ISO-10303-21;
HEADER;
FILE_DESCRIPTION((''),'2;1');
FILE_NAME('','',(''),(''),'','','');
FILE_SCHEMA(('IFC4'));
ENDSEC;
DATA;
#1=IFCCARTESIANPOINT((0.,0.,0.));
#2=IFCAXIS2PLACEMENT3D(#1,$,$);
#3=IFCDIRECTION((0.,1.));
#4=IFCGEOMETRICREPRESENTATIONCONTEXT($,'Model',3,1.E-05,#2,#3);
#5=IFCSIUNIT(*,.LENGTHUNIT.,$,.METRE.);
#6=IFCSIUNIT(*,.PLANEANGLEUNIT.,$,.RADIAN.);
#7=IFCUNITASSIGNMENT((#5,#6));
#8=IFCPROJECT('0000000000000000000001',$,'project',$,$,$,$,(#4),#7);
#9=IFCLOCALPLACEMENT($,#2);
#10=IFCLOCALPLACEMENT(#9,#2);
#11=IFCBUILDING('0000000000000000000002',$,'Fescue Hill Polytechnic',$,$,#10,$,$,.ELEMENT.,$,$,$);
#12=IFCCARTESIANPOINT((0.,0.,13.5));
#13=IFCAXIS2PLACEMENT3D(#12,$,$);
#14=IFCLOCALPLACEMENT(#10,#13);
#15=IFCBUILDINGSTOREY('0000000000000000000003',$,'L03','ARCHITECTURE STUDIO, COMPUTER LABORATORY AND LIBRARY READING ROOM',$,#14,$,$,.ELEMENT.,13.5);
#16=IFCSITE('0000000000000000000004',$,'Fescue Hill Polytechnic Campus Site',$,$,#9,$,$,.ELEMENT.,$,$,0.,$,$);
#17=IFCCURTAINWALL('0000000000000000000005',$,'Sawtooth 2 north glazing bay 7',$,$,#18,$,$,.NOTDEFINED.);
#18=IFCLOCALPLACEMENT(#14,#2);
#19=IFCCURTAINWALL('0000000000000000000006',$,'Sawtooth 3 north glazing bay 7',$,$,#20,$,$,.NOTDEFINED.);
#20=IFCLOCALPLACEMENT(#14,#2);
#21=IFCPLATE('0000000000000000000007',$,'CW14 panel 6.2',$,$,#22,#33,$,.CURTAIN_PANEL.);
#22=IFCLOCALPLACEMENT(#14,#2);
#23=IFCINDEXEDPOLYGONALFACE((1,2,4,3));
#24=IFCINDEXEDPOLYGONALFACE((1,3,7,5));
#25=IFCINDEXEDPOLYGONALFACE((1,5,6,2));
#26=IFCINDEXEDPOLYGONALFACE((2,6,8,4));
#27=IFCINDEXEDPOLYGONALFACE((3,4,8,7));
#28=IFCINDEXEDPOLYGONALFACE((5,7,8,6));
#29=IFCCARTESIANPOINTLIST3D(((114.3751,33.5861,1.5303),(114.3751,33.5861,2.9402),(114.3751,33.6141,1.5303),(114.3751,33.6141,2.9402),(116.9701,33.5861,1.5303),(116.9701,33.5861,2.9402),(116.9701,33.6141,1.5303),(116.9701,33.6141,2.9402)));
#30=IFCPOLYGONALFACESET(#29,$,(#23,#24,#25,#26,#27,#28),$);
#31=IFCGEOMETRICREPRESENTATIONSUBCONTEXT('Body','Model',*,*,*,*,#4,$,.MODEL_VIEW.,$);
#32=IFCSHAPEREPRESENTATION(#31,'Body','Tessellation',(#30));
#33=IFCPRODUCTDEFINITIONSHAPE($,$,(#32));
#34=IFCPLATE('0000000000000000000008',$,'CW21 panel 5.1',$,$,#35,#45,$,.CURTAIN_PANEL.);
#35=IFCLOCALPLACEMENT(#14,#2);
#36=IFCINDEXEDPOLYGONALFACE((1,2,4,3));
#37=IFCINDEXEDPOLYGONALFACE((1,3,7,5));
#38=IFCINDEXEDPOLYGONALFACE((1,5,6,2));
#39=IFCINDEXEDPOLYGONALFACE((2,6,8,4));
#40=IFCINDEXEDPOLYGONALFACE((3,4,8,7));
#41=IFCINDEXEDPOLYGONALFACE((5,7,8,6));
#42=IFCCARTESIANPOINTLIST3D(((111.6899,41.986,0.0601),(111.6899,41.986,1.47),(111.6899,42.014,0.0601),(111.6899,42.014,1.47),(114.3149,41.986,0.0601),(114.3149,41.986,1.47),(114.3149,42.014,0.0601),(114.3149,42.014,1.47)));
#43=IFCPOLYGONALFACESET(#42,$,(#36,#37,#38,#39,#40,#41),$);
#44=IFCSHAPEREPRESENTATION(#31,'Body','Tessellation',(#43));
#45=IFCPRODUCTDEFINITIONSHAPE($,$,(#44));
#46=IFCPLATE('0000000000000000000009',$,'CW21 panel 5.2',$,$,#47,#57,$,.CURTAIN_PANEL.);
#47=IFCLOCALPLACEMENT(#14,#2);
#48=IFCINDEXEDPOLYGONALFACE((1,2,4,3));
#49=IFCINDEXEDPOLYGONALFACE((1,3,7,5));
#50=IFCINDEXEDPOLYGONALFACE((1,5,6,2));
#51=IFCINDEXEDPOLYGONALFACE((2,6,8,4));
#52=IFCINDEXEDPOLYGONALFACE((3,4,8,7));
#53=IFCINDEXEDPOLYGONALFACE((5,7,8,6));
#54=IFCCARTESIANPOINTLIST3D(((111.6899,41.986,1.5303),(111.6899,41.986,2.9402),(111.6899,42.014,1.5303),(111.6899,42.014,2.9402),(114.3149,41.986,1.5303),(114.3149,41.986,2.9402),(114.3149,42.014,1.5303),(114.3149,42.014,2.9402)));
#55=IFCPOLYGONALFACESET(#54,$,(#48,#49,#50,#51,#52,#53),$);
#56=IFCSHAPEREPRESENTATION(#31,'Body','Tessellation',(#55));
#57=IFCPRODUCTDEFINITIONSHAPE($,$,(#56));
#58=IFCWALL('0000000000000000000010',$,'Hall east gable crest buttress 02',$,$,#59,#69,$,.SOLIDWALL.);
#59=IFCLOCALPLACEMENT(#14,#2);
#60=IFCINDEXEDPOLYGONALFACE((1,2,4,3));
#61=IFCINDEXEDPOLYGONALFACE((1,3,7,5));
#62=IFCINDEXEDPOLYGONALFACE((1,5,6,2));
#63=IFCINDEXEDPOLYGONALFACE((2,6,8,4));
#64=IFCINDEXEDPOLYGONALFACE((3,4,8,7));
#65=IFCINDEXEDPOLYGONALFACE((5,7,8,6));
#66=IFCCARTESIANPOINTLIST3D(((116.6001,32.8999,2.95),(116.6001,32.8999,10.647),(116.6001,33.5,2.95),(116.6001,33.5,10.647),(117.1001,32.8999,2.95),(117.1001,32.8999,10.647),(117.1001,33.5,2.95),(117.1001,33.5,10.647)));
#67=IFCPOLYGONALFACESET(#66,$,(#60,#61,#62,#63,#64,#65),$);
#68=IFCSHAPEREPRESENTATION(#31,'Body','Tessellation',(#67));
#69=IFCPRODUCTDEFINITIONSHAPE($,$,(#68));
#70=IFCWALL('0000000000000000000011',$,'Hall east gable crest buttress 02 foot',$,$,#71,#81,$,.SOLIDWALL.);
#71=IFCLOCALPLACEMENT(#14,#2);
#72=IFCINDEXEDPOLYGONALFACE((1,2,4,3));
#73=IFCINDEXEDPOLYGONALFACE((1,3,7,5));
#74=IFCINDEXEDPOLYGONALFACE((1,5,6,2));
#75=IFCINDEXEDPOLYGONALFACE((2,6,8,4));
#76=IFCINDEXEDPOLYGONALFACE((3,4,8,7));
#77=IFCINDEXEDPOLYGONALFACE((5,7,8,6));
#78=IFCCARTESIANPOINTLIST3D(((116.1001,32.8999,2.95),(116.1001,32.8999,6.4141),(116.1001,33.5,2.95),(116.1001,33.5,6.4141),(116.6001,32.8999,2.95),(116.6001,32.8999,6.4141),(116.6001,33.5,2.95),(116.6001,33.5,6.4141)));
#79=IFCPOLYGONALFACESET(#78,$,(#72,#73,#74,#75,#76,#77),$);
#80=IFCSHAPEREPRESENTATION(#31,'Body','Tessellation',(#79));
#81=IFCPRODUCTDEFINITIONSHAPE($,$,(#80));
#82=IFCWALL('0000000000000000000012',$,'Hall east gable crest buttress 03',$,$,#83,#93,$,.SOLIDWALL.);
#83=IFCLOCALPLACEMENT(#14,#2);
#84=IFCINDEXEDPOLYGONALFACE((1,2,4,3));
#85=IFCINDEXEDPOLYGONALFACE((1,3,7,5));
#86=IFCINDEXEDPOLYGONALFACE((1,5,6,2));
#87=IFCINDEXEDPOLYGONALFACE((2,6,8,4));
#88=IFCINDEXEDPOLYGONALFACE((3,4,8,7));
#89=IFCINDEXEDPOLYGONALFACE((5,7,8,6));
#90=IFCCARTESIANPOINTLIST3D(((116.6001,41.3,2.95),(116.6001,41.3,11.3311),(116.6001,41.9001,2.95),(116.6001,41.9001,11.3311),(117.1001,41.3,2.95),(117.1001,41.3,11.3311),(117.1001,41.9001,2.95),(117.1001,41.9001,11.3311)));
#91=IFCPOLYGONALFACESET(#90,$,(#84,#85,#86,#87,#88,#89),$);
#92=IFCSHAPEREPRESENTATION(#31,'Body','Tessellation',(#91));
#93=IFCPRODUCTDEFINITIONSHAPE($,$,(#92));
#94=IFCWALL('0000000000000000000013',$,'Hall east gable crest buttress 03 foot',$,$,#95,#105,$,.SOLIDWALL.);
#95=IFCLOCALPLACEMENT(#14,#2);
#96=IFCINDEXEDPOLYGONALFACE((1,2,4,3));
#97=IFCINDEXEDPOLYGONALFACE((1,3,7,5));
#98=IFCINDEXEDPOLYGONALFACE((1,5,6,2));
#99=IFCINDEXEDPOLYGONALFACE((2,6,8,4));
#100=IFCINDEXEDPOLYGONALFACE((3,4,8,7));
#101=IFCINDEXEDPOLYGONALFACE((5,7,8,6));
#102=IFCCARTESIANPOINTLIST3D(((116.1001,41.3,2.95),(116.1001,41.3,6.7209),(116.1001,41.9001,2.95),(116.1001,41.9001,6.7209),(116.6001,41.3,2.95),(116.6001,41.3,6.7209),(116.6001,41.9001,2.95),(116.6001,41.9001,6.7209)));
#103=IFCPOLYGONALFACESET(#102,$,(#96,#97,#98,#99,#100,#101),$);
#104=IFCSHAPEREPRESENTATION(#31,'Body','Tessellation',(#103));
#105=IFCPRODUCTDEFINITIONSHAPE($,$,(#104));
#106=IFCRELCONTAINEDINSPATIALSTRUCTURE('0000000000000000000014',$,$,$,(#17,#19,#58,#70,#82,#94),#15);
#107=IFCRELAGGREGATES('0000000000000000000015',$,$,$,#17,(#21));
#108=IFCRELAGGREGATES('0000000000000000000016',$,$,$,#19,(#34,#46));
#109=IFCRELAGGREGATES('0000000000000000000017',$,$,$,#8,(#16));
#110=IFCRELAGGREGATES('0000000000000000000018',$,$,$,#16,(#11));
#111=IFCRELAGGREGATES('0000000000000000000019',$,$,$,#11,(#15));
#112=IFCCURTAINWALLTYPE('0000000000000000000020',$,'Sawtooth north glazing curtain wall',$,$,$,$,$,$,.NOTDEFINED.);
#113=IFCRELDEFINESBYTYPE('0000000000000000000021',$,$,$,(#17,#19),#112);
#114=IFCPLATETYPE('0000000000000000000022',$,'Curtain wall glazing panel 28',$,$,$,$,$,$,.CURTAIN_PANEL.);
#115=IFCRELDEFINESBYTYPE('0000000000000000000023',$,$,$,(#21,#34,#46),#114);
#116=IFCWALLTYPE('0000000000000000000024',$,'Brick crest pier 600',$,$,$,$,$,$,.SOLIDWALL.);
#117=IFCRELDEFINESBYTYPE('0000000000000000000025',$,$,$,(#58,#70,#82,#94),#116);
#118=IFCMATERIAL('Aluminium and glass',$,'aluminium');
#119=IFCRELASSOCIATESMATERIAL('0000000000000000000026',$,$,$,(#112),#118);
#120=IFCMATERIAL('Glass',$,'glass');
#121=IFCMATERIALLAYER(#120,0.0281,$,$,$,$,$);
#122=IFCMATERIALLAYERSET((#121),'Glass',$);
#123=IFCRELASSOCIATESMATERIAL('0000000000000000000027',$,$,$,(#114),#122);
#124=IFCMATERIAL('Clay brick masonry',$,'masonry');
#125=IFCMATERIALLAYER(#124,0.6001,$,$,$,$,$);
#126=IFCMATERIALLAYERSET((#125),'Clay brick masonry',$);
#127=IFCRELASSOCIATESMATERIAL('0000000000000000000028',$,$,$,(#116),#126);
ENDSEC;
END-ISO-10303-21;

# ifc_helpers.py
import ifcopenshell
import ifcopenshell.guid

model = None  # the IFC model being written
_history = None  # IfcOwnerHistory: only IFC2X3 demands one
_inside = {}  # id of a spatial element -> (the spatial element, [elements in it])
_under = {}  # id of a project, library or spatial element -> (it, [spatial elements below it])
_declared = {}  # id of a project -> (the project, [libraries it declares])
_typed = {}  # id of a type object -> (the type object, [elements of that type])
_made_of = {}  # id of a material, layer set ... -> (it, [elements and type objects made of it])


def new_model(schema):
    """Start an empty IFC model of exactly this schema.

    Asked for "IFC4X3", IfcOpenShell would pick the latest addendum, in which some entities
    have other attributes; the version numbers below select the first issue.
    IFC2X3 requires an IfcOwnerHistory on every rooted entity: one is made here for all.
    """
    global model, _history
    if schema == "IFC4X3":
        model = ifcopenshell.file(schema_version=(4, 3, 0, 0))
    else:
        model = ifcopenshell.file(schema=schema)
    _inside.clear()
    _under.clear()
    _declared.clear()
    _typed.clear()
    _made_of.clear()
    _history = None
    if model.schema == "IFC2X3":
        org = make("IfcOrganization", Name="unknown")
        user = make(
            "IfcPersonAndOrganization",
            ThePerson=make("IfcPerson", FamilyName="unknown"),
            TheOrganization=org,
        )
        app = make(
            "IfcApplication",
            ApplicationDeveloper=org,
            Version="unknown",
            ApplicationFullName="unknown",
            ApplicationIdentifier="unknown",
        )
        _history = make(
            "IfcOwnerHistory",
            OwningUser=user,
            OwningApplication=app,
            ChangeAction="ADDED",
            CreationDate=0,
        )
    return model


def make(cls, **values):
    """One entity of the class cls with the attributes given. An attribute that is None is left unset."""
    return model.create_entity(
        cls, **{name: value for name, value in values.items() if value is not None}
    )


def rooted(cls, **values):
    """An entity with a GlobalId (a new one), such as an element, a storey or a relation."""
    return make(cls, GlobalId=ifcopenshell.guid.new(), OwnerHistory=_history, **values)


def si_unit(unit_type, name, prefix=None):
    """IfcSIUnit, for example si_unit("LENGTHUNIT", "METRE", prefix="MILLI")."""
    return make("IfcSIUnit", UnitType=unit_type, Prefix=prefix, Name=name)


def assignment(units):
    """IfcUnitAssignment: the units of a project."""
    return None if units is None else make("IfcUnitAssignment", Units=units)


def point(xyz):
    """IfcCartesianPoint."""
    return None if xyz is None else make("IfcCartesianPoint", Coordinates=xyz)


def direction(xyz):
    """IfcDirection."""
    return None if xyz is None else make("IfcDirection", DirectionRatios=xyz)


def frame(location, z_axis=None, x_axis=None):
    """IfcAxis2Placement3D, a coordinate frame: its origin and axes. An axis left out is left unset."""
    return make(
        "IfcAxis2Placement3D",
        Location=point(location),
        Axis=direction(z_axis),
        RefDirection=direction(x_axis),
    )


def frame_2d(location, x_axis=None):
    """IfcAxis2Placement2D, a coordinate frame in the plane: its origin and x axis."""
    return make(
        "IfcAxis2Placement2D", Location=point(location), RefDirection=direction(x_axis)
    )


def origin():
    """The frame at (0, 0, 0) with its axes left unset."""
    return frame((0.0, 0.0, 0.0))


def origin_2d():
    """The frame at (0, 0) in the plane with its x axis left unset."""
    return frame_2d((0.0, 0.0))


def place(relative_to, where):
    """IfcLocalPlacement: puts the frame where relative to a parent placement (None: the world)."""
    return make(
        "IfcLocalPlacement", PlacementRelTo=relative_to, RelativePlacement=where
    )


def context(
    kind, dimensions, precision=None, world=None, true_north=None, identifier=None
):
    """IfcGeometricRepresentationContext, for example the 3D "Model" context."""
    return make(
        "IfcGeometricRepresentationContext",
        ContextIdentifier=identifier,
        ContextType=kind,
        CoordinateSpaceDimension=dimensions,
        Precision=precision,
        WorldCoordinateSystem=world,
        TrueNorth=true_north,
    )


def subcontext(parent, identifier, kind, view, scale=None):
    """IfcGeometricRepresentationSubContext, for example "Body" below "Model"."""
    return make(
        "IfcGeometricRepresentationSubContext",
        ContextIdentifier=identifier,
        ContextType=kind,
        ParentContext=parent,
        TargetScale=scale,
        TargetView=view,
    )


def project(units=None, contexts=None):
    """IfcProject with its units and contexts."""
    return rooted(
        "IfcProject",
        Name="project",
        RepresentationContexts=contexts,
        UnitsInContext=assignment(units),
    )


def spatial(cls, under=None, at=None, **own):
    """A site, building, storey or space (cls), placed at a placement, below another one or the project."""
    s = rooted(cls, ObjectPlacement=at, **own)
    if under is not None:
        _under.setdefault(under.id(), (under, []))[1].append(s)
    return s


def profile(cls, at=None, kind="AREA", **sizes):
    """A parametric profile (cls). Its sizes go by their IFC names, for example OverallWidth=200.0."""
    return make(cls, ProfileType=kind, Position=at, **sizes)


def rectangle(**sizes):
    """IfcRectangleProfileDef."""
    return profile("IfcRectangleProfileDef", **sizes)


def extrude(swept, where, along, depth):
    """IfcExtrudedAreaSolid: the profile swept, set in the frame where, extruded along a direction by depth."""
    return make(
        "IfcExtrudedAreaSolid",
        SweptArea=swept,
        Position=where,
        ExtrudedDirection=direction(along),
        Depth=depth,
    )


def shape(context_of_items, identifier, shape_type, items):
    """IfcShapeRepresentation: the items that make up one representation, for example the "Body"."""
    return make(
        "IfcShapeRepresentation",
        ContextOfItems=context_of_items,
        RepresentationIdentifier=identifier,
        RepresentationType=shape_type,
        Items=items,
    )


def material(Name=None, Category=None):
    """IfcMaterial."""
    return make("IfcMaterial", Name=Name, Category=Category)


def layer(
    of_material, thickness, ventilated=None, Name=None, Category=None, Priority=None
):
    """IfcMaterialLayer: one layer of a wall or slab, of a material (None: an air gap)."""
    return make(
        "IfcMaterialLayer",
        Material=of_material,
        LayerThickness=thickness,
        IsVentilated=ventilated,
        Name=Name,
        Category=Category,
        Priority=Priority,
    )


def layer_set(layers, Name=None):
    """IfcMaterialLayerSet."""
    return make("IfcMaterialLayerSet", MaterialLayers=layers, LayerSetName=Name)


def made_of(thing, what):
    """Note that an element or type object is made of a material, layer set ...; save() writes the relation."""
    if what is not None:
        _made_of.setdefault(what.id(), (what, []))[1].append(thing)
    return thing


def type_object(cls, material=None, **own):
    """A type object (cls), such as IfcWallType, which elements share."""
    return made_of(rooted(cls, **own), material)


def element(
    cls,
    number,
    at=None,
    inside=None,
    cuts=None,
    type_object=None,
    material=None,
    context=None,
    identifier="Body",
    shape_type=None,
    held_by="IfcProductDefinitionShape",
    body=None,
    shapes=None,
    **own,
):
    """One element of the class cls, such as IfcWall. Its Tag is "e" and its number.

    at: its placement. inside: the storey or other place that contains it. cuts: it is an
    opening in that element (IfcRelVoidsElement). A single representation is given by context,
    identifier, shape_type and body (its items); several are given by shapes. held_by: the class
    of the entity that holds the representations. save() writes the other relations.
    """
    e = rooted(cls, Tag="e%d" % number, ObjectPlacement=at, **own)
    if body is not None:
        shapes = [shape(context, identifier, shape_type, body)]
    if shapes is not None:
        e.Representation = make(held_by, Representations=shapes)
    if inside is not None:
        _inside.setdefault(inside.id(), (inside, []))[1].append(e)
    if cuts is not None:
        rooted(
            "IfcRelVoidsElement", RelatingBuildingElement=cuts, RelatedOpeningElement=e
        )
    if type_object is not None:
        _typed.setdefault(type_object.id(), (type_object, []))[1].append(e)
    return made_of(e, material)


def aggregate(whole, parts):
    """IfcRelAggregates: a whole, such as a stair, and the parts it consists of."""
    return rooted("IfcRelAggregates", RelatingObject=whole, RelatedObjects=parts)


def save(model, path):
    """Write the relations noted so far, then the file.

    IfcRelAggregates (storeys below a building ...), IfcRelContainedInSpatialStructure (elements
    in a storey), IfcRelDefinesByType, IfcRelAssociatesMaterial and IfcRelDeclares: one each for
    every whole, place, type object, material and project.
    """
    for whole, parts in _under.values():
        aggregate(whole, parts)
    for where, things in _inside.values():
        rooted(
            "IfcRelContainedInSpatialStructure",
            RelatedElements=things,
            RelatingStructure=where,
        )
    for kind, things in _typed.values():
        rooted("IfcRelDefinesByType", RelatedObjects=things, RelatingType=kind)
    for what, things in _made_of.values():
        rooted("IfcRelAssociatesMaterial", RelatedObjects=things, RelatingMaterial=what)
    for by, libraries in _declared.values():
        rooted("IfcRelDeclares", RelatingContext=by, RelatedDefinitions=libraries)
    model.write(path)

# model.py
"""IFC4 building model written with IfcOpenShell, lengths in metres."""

from ifc_helpers import new_model, si_unit, direction, frame, frame_2d, origin, origin_2d, place, context, subcontext, project, spatial, rectangle, extrude, material, layer, layer_set, type_object, element, aggregate, save


model = new_model("IFC4")

# Units and contexts
model_context = context("Model", 3, precision=1e-05, world=origin(), true_north=direction((0.0, 1.0)))
body_context = subcontext(model_context, "Body", "Model", "MODEL_VIEW")
ifc_project = project(units=[si_unit("LENGTHUNIT", "METRE"), si_unit("PLANEANGLEUNIT", "RADIAN")], contexts=[model_context])

# Site, building, storey
site_placement = place(None, origin())
site = spatial("IfcSite", under=ifc_project, at=site_placement, Name="Fescue Hill Polytechnic Campus Site", CompositionType="ELEMENT", RefElevation=0.0)
building_placement = place(site_placement, origin())
building = spatial("IfcBuilding", under=site, at=building_placement, Name="Fescue Hill Polytechnic", CompositionType="ELEMENT")
storey_placement = place(building_placement, frame((0.0, 0.0, 13.5)))
storey = spatial("IfcBuildingStorey", under=building, at=storey_placement, Name="L03", Description="ARCHITECTURE STUDIO, COMPUTER LABORATORY AND LIBRARY READING ROOM", CompositionType="ELEMENT", Elevation=13.5)

# Shared definitions
ifc_material_1 = material(Name="Aluminium and glass", Category="aluminium")
curtain_wall_type = type_object("IfcCurtainWallType", Name="Sawtooth north glazing curtain wall", PredefinedType="NOTDEFINED", material=ifc_material_1)

# Curtain wall
curtain_wall_1_placement = place(storey_placement, origin())
curtain_wall_1 = element("IfcCurtainWall", 1, at=curtain_wall_1_placement, inside=storey, type_object=curtain_wall_type, Name="Sawtooth 2 north glazing bay 7", PredefinedType="NOTDEFINED")

# Curtain wall
curtain_wall_2_placement = place(storey_placement, origin())
curtain_wall_2 = element("IfcCurtainWall", 2, at=curtain_wall_2_placement, inside=storey, type_object=curtain_wall_type, Name="Sawtooth 3 north glazing bay 7", PredefinedType="NOTDEFINED")

# Plates
ifc_material_2 = material(Name="Glass", Category="glass")
ifc_layer_1 = layer(ifc_material_2, 0.0281)
ifc_layer_set_1 = layer_set([ifc_layer_1], Name="Glass")
plate_type = type_object("IfcPlateType", Name="Curtain wall glazing panel 28", PredefinedType="CURTAIN_PANEL", material=ifc_layer_set_1)
plate_1_placement = place(storey_placement, frame((115.6726, 33.6001, 1.5303), z_axis=(0.0, 0.0, 1.0), x_axis=(1.0, 0.0, 0.0)))
plate_1 = element("IfcPlate", 3, at=plate_1_placement, type_object=plate_type, Name="CW14 panel 6.2", PredefinedType="CURTAIN_PANEL", context=body_context, shape_type="SweptSolid", body=[
    extrude(rectangle(XDim=2.595, YDim=0.0281, at=origin_2d()), origin(), (0.0, 0.0, 1.0), 1.4099),
])
aggregate(curtain_wall_1, [plate_1])
plate_2_placement = place(storey_placement, frame((113.0024, 42.0, 0.0601), z_axis=(0.0, 0.0, 1.0), x_axis=(1.0, 0.0, 0.0)))
plate_2 = element("IfcPlate", 4, at=plate_2_placement, type_object=plate_type, Name="CW21 panel 5.1", PredefinedType="CURTAIN_PANEL", context=body_context, shape_type="SweptSolid", body=[
    extrude(rectangle(XDim=2.625, YDim=0.0281, at=origin_2d()), origin(), (0.0, 0.0, 1.0), 1.4099),
])
plate_3_placement = place(storey_placement, frame((113.0024, 42.0, 1.5303), z_axis=(0.0, 0.0, 1.0), x_axis=(1.0, 0.0, 0.0)))
plate_3 = element("IfcPlate", 5, at=plate_3_placement, type_object=plate_type, Name="CW21 panel 5.2", PredefinedType="CURTAIN_PANEL", context=body_context, shape_type="SweptSolid", body=[
    extrude(rectangle(XDim=2.625, YDim=0.0281, at=origin_2d()), origin(), (0.0, 0.0, 1.0), 1.4099),
])
aggregate(curtain_wall_2, [plate_2, plate_3])

# Walls
ifc_material_3 = material(Name="Clay brick masonry", Category="masonry")
ifc_layer_2 = layer(ifc_material_3, 0.6001)
ifc_layer_set_2 = layer_set([ifc_layer_2], Name="Clay brick masonry")
wall_type = type_object("IfcWallType", Name="Brick crest pier 600", PredefinedType="SOLIDWALL", material=ifc_layer_set_2)
wall_1_placement = place(storey_placement, frame((117.1001, 33.2, 2.95), z_axis=(0.0, 0.0, 1.0), x_axis=(-1.0, 0.0, 0.0)))
element("IfcWall", 6, at=wall_1_placement, inside=storey, type_object=wall_type, Name="Hall east gable crest buttress 02", PredefinedType="SOLIDWALL", context=body_context, shape_type="SweptSolid", body=[
    extrude(rectangle(XDim=0.5, YDim=0.6001, at=frame_2d((0.25, 0.0))), origin(), (0.0, 0.0, 1.0), 7.697),
])
wall_2_placement = place(storey_placement, frame((116.6001, 33.2, 2.95), z_axis=(0.0, 0.0, 1.0), x_axis=(-1.0, 0.0, 0.0)))
element("IfcWall", 7, at=wall_2_placement, inside=storey, type_object=wall_type, Name="Hall east gable crest buttress 02 foot", PredefinedType="SOLIDWALL", context=body_context, shape_type="SweptSolid", body=[
    extrude(rectangle(XDim=0.5, YDim=0.6001, at=frame_2d((0.25, 0.0))), origin(), (0.0, 0.0, 1.0), 3.4641),
])
wall_3_placement = place(storey_placement, frame((117.1001, 41.6001, 2.95), z_axis=(0.0, 0.0, 1.0), x_axis=(-1.0, 0.0, 0.0)))
element("IfcWall", 8, at=wall_3_placement, inside=storey, type_object=wall_type, Name="Hall east gable crest buttress 03", PredefinedType="SOLIDWALL", context=body_context, shape_type="SweptSolid", body=[
    extrude(rectangle(XDim=0.5, YDim=0.6001, at=frame_2d((0.25, 0.0))), origin(), (0.0, 0.0, 1.0), 8.3811),
])
wall_4_placement = place(storey_placement, frame((116.6001, 41.6001, 2.95), z_axis=(0.0, 0.0, 1.0), x_axis=(-1.0, 0.0, 0.0)))
element("IfcWall", 9, at=wall_4_placement, inside=storey, type_object=wall_type, Name="Hall east gable crest buttress 03 foot", PredefinedType="SOLIDWALL", context=body_context, shape_type="SweptSolid", body=[
    extrude(rectangle(XDim=0.5, YDim=0.6001, at=frame_2d((0.25, 0.0))), origin(), (0.0, 0.0, 1.0), 3.771),
])

save(model, "model.ifc")
